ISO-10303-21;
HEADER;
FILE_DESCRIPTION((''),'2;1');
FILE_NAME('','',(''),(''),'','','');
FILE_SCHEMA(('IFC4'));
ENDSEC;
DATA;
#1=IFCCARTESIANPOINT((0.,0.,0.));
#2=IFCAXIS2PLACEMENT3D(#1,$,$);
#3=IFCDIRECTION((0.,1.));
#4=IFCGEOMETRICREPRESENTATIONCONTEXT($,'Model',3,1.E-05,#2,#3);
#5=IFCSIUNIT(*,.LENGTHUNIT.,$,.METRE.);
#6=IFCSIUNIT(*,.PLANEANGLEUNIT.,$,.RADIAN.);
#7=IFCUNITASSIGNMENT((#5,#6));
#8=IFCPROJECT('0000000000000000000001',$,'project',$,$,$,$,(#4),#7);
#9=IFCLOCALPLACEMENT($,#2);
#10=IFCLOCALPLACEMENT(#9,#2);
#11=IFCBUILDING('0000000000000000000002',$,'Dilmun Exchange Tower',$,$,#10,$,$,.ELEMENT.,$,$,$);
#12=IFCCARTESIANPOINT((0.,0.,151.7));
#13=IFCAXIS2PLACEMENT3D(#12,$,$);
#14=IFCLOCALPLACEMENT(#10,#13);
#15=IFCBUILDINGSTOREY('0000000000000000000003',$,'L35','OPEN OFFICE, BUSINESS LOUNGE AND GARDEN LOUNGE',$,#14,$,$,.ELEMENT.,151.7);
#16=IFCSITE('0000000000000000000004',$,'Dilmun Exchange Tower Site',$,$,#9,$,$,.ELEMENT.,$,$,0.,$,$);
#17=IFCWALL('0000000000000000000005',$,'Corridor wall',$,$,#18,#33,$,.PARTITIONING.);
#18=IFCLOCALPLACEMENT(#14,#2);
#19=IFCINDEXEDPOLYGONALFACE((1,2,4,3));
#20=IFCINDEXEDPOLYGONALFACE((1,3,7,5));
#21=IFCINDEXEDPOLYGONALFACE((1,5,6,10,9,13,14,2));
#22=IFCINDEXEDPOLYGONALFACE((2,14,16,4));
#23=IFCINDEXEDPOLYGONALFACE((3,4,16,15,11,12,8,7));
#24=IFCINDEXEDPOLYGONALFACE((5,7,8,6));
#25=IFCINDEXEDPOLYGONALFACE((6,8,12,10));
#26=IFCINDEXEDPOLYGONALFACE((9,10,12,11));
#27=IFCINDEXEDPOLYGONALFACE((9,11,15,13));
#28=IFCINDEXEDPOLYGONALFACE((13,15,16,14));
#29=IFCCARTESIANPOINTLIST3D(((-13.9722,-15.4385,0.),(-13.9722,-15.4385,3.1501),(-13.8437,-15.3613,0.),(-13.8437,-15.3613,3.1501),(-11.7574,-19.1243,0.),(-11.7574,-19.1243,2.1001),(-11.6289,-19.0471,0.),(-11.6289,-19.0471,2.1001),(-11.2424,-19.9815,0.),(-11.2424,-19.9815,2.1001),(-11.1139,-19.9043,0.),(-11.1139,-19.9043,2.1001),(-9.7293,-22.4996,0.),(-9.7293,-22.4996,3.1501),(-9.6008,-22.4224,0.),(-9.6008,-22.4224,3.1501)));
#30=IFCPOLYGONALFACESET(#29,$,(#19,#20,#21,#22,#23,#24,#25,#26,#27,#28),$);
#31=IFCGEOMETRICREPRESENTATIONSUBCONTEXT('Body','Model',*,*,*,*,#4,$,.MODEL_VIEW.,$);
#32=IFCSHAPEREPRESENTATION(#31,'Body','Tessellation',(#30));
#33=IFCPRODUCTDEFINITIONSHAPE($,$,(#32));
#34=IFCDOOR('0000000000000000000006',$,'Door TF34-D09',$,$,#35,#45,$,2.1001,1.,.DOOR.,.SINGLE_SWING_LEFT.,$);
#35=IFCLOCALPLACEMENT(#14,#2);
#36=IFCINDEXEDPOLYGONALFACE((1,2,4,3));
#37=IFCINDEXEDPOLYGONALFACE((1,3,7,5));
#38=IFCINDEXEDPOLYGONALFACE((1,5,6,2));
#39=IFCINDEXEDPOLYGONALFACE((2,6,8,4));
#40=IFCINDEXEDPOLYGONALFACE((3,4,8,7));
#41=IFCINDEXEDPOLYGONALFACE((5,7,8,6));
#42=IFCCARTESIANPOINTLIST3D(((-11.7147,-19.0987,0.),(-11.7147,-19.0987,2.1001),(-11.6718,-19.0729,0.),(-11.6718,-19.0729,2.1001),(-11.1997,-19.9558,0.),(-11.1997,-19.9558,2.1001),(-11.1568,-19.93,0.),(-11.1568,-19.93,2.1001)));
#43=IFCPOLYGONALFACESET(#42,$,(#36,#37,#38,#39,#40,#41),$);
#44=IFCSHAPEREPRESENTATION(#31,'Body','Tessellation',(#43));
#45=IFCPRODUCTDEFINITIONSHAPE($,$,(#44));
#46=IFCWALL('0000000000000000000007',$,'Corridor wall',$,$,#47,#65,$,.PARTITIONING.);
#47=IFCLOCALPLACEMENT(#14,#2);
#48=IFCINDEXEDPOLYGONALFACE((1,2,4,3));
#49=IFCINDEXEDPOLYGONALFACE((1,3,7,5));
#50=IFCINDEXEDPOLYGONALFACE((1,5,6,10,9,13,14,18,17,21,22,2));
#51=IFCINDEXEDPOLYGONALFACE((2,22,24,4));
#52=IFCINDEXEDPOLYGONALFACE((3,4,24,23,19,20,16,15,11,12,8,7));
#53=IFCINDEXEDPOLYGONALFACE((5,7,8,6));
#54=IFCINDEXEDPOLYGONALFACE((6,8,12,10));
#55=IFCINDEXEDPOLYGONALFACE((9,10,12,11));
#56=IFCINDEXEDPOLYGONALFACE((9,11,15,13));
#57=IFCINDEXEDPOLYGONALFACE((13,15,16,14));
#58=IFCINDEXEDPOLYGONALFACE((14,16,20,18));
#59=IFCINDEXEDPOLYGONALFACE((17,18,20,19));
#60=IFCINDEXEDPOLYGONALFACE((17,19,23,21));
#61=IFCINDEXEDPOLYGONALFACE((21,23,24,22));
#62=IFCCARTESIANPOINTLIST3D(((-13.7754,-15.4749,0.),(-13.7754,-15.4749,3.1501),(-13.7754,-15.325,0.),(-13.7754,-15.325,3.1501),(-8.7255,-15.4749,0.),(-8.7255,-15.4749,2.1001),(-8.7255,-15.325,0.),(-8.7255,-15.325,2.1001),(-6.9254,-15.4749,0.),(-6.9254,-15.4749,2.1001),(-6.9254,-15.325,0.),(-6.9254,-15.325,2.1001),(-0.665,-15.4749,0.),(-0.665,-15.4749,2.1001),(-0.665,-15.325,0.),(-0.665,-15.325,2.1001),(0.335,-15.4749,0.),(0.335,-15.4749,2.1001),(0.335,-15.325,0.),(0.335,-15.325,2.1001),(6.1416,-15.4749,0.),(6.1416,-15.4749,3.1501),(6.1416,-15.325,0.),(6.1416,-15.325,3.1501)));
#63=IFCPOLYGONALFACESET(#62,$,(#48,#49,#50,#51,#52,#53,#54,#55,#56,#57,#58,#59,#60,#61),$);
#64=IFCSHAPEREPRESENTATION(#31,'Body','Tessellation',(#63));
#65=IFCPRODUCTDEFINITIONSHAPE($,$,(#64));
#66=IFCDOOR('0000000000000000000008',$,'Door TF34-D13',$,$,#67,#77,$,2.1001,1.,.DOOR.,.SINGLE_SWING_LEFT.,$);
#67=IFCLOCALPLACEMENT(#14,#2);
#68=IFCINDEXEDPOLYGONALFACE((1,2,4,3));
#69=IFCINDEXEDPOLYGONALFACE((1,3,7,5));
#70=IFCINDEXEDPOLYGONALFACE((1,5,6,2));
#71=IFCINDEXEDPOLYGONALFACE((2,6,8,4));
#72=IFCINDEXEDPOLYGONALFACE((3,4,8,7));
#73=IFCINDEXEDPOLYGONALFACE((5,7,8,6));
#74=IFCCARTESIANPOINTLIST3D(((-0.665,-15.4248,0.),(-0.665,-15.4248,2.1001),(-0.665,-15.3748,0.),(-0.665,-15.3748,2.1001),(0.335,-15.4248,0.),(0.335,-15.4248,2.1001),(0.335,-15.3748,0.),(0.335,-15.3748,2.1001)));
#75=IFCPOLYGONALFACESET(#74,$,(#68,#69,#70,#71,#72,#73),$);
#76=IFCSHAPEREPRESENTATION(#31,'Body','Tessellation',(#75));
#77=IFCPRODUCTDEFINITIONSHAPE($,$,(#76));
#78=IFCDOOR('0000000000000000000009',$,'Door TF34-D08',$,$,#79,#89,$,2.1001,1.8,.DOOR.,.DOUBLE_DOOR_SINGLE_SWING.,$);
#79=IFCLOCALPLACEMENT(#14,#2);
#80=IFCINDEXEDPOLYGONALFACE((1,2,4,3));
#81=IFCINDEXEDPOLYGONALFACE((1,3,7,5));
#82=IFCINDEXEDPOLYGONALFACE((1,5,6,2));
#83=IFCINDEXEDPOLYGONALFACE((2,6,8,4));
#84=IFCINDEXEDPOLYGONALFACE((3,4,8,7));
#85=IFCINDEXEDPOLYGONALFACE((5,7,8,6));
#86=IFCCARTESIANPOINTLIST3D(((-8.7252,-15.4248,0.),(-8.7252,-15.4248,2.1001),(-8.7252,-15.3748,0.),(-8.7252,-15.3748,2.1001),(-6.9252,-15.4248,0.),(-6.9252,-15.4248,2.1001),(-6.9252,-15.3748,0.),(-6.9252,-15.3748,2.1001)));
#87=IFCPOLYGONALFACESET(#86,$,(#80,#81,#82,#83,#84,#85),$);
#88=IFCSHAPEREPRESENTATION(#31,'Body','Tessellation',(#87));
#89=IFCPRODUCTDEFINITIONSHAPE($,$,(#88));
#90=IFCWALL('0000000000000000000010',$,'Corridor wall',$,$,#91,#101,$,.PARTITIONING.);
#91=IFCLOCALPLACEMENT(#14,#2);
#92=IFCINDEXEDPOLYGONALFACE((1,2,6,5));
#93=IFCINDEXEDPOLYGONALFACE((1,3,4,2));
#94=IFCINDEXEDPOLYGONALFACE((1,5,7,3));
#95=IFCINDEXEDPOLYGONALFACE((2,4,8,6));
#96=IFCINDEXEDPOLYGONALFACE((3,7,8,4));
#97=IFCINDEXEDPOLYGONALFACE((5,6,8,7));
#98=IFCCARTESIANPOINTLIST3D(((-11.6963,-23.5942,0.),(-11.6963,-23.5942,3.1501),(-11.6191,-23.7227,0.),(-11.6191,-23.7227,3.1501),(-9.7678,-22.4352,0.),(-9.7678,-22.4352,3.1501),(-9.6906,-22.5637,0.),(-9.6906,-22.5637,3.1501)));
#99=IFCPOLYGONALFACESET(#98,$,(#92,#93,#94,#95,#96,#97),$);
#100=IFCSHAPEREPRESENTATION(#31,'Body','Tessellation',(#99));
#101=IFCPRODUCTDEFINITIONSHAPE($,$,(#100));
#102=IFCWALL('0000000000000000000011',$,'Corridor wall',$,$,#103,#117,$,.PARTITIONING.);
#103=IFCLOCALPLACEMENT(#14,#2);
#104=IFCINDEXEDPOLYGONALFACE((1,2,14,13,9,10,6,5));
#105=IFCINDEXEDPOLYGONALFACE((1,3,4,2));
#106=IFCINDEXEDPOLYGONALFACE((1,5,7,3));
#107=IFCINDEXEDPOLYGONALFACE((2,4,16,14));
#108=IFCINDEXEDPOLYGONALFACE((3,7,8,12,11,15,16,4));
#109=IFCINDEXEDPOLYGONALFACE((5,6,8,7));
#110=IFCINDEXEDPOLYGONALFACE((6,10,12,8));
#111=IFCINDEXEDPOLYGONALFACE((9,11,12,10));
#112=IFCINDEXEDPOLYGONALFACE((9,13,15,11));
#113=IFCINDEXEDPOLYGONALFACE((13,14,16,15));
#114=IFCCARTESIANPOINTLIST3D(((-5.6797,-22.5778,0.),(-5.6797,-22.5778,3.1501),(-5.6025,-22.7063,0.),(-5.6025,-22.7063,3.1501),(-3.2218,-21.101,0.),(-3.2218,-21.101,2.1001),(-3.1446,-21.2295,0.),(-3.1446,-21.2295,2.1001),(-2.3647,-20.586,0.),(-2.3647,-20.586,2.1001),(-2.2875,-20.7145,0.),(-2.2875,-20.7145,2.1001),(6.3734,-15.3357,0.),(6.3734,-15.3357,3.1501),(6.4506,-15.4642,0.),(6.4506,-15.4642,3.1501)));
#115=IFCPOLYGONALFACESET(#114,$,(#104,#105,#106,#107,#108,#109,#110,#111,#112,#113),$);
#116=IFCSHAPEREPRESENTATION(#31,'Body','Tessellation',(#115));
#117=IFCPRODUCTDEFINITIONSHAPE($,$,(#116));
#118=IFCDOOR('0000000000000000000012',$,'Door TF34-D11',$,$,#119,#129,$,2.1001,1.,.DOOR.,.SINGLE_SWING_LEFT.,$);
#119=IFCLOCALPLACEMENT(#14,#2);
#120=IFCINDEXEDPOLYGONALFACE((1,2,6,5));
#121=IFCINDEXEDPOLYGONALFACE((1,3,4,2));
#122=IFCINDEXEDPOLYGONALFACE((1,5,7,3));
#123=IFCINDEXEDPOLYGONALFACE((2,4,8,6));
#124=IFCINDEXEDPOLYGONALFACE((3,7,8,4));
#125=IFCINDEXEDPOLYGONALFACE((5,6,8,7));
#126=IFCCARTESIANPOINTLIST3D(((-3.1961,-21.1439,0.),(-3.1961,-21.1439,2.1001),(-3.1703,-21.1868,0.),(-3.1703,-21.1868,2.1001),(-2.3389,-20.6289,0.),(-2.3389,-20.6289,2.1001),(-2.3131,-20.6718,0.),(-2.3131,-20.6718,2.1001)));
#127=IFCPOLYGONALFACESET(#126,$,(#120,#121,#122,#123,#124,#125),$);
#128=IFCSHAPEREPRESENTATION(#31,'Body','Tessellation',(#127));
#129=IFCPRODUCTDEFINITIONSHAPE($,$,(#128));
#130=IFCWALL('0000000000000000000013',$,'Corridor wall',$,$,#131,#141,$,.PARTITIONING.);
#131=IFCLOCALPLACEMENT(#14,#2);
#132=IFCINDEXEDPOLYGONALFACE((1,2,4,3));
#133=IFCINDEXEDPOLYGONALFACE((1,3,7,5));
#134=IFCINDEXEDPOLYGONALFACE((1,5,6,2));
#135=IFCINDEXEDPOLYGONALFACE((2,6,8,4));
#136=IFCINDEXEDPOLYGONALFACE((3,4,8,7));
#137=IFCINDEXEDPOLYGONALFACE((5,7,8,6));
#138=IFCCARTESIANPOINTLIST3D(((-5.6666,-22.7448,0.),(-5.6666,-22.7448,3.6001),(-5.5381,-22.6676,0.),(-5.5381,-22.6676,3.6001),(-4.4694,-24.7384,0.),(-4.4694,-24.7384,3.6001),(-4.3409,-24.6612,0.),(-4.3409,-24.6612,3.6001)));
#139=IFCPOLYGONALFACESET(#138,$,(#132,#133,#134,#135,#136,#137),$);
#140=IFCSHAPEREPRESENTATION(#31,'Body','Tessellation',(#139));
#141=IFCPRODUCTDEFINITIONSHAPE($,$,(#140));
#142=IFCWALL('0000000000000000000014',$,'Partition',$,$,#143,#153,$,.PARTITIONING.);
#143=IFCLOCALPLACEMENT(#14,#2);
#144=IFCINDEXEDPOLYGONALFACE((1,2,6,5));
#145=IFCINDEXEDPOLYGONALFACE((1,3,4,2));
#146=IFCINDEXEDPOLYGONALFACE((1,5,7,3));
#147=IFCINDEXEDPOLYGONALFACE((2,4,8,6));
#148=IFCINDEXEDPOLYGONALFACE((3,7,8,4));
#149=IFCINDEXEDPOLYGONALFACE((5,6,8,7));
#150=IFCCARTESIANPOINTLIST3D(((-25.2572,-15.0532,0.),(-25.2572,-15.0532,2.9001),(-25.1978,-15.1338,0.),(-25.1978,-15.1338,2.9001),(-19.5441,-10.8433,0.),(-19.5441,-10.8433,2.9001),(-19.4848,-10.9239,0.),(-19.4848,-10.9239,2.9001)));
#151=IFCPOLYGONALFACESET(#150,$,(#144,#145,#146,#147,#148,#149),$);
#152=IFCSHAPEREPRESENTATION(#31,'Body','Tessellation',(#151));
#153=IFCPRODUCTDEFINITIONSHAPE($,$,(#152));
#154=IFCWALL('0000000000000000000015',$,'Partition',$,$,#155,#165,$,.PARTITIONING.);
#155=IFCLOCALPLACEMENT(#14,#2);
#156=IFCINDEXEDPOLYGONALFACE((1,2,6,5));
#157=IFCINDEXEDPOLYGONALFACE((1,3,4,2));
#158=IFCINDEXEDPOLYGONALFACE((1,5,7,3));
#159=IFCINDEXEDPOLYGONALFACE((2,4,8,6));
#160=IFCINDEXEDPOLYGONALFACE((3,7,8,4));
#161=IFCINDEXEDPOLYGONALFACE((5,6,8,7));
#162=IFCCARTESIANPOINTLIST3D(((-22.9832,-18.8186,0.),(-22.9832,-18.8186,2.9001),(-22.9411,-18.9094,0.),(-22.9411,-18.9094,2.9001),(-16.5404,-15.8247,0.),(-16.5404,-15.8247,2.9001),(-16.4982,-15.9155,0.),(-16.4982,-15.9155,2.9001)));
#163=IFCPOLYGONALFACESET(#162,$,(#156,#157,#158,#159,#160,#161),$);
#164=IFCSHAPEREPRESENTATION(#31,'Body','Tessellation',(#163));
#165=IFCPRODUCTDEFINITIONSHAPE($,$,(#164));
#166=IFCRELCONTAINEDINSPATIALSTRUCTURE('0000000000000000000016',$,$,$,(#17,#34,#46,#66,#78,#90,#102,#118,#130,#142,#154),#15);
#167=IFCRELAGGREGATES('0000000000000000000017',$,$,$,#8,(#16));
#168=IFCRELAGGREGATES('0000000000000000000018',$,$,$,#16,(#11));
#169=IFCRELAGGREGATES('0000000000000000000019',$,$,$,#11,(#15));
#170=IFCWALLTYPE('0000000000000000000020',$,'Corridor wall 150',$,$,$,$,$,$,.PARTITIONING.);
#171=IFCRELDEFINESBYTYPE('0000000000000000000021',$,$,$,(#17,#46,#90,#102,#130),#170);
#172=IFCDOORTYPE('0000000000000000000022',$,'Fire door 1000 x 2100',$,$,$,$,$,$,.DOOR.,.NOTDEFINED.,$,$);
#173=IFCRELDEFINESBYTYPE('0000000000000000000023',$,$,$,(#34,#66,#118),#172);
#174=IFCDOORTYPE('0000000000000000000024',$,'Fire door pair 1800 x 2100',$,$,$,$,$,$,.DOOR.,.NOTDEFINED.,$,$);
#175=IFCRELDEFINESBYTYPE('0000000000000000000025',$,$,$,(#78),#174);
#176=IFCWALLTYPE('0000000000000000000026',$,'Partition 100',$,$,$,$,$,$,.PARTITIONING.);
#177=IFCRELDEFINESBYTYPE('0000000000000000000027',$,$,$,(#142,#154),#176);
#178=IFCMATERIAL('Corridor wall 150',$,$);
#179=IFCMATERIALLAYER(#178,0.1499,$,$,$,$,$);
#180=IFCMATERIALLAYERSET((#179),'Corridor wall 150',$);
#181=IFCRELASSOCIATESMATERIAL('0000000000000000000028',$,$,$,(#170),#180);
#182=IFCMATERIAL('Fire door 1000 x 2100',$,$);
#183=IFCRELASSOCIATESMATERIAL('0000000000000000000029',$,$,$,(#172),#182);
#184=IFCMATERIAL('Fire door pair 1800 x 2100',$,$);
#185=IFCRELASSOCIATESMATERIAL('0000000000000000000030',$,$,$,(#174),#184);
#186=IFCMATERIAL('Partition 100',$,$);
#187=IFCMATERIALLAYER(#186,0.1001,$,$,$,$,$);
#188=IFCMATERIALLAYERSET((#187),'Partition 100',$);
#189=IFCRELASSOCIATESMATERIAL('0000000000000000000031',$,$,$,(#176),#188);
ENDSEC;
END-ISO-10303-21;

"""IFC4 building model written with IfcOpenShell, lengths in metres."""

from ifc_helpers import new_model, si_unit, direction, frame, frame_2d, origin, place, context, subcontext, project, spatial, rectangle, extrude, material, layer, layer_set, type_object, element, fill, save


model = new_model("IFC4")

# Units and contexts
model_context = context("Model", 3, precision=1e-05, world=origin(), true_north=direction((0.0, 1.0)))
body_context = subcontext(model_context, "Body", "Model", "MODEL_VIEW")
ifc_project = project(units=[si_unit("LENGTHUNIT", "METRE"), si_unit("PLANEANGLEUNIT", "RADIAN")], contexts=[model_context])

# Site, building, storey
site_placement = place(None, origin())
site = spatial("IfcSite", under=ifc_project, at=site_placement, Name="Dilmun Exchange Tower Site", CompositionType="ELEMENT", RefElevation=0.0)
building_placement = place(site_placement, origin())
building = spatial("IfcBuilding", under=site, at=building_placement, Name="Dilmun Exchange Tower", CompositionType="ELEMENT")
storey_placement = place(building_placement, frame((0.0, 0.0, 151.7)))
storey = spatial("IfcBuildingStorey", under=building, at=storey_placement, Name="L35", Description="OPEN OFFICE, BUSINESS LOUNGE AND GARDEN LOUNGE", CompositionType="ELEMENT", Elevation=151.7)

# Shared definitions
ifc_material_1 = material(Name="Corridor wall 150")
ifc_layer_1 = layer(ifc_material_1, 0.1499)
ifc_layer_set_1 = layer_set([ifc_layer_1], Name="Corridor wall 150")
wall_type_1 = type_object("IfcWallType", Name="Corridor wall 150", PredefinedType="PARTITIONING", material=ifc_layer_set_1)

# Wall, opening, door
wall_1_placement = place(storey_placement, frame((-13.908, -15.3999, 0.0), z_axis=(0.0, 0.0, 1.0), x_axis=(0.515058, -0.857155, 0.0)))
wall_1 = element("IfcWall", 1, at=wall_1_placement, inside=storey, type_object=wall_type_1, Name="Corridor wall", PredefinedType="PARTITIONING", context=body_context, shape_type="SweptSolid", body=[
    extrude(rectangle(XDim=8.2378, YDim=0.1499, at=frame_2d((4.1189, 0.0))), origin(), (0.0, 0.0, 1.0), 3.1501),
])
opening_1_placement = place(wall_1_placement, frame((4.3, 0.0, 0.0)))
opening_1 = element("IfcOpeningElement", 2, at=opening_1_placement, cuts=wall_1, PredefinedType="OPENING", context=body_context, shape_type="SweptSolid", body=[
    extrude(rectangle(XDim=1.0, YDim=2.1001, at=frame_2d((0.5, 1.05))), frame((0.0, 0.085, 0.0), z_axis=(0.0, -1.0, 0.0), x_axis=(1.0, 0.0, 0.0)), (0.0, 0.0, 1.0), 0.1699),
])
ifc_material_2 = material(Name="Fire door 1000 x 2100")
door_type_1 = type_object("IfcDoorType", Name="Fire door 1000 x 2100", OperationType="NOTDEFINED", PredefinedType="DOOR", material=ifc_material_2)
door_1_placement = place(opening_1_placement, origin())
door_1 = element("IfcDoor", 3, at=door_1_placement, inside=storey, type_object=door_type_1, Name="Door TF34-D09", OperationType="SINGLE_SWING_LEFT", OverallHeight=2.1001, OverallWidth=1.0, PredefinedType="DOOR", context=body_context, shape_type="SweptSolid", body=[
    extrude(rectangle(XDim=1.0, YDim=2.1001, at=frame_2d((0.5, 1.05))), frame((0.0, 0.0249, 0.0), z_axis=(0.0, -1.0, 0.0), x_axis=(1.0, 0.0, 0.0)), (0.0, 0.0, 1.0), 0.05),
])
fill(opening_1, door_1)

# Wall, openings, doors
wall_2_placement = place(storey_placement, frame((-13.7754, -15.3999, 0.0), z_axis=(0.0, 0.0, 1.0), x_axis=(1.0, 0.0, 0.0)))
wall_2 = element("IfcWall", 4, at=wall_2_placement, inside=storey, type_object=wall_type_1, Name="Corridor wall", PredefinedType="PARTITIONING", context=body_context, shape_type="SweptSolid", body=[
    extrude(rectangle(XDim=19.917, YDim=0.1499, at=frame_2d((9.9585, 0.0))), origin(), (0.0, 0.0, 1.0), 3.1501),
])
opening_2_placement = place(wall_2_placement, frame((5.05, 0.0, 0.0)))
opening_2 = element("IfcOpeningElement", 5, at=opening_2_placement, cuts=wall_2, PredefinedType="OPENING", context=body_context, shape_type="SweptSolid", body=[
    extrude(rectangle(XDim=1.8, YDim=2.1001, at=frame_2d((0.8999, 1.05))), frame((0.0, 0.085, 0.0), z_axis=(0.0, -1.0, 0.0), x_axis=(1.0, 0.0, 0.0)), (0.0, 0.0, 1.0), 0.1699),
])
opening_3_placement = place(wall_2_placement, frame((13.1104, 0.0, 0.0)))
opening_3 = element("IfcOpeningElement", 6, at=opening_3_placement, cuts=wall_2, PredefinedType="OPENING", context=body_context, shape_type="SweptSolid", body=[
    extrude(rectangle(XDim=1.0, YDim=2.1001, at=frame_2d((0.5, 1.05))), frame((0.0, 0.085, 0.0), z_axis=(0.0, -1.0, 0.0), x_axis=(1.0, 0.0, 0.0)), (0.0, 0.0, 1.0), 0.1699),
])
door_2_placement = place(opening_3_placement, frame((1.0, 0.0, 0.0), z_axis=(0.0, 0.0, 1.0), x_axis=(-1.0, 0.0, 0.0)))
door_2 = element("IfcDoor", 7, at=door_2_placement, inside=storey, type_object=door_type_1, Name="Door TF34-D13", OperationType="SINGLE_SWING_LEFT", OverallHeight=2.1001, OverallWidth=1.0, PredefinedType="DOOR", context=body_context, shape_type="SweptSolid", body=[
    extrude(rectangle(XDim=1.0, YDim=2.1001, at=frame_2d((0.5, 1.05))), frame((0.0, 0.0249, 0.0), z_axis=(0.0, -1.0, 0.0), x_axis=(1.0, 0.0, 0.0)), (0.0, 0.0, 1.0), 0.05),
])
fill(opening_3, door_2)
ifc_material_3 = material(Name="Fire door pair 1800 x 2100")
door_type_2 = type_object("IfcDoorType", Name="Fire door pair 1800 x 2100", OperationType="NOTDEFINED", PredefinedType="DOOR", material=ifc_material_3)
door_3_placement = place(opening_2_placement, frame((1.8, 0.0, 0.0), z_axis=(0.0, 0.0, 1.0), x_axis=(-1.0, 0.0, 0.0)))
door_3 = element("IfcDoor", 8, at=door_3_placement, inside=storey, type_object=door_type_2, Name="Door TF34-D08", OperationType="DOUBLE_DOOR_SINGLE_SWING", OverallHeight=2.1001, OverallWidth=1.8, PredefinedType="DOOR", context=body_context, shape_type="SweptSolid", body=[
    extrude(rectangle(XDim=1.8, YDim=2.1001, at=frame_2d((0.8999, 1.05))), frame((0.0, 0.0249, 0.0), z_axis=(0.0, -1.0, 0.0), x_axis=(1.0, 0.0, 0.0)), (0.0, 0.0, 1.0), 0.05),
])
fill(opening_2, door_3)

# Wall
wall_3_placement = place(storey_placement, frame((-11.6577, -23.6584, 0.0), z_axis=(0.0, 0.0, 1.0), x_axis=(0.857129, 0.515102, 0.0)))
element("IfcWall", 9, at=wall_3_placement, inside=storey, type_object=wall_type_1, Name="Corridor wall", PredefinedType="PARTITIONING", context=body_context, shape_type="SweptSolid", body=[
    extrude(rectangle(XDim=2.25, YDim=0.1499, at=frame_2d((1.125, 0.0))), origin(), (0.0, 0.0, 1.0), 3.1501),
])

# Wall, opening, door
wall_4_placement = place(storey_placement, frame((-5.6411, -22.6421, 0.0), z_axis=(0.0, 0.0, 1.0), x_axis=(0.857171, 0.515032, 0.0)))
wall_4 = element("IfcWall", 10, at=wall_4_placement, inside=storey, type_object=wall_type_1, Name="Corridor wall", PredefinedType="PARTITIONING", context=body_context, shape_type="SweptSolid", body=[
    extrude(rectangle(XDim=14.0615, YDim=0.1499, at=frame_2d((7.0308, 0.0))), origin(), (0.0, 0.0, 1.0), 3.1501),
])
opening_4_placement = place(wall_4_placement, frame((2.8674, 0.0, 0.0)))
opening_4 = element("IfcOpeningElement", 11, at=opening_4_placement, cuts=wall_4, PredefinedType="OPENING", context=body_context, shape_type="SweptSolid", body=[
    extrude(rectangle(XDim=1.0, YDim=2.1001, at=frame_2d((0.5, 1.05))), frame((0.0, 0.085, 0.0), z_axis=(0.0, -1.0, 0.0), x_axis=(1.0, 0.0, 0.0)), (0.0, 0.0, 1.0), 0.1699),
])
door_4_placement = place(opening_4_placement, origin())
door_4 = element("IfcDoor", 12, at=door_4_placement, inside=storey, type_object=door_type_1, Name="Door TF34-D11", OperationType="SINGLE_SWING_LEFT", OverallHeight=2.1001, OverallWidth=1.0, PredefinedType="DOOR", context=body_context, shape_type="SweptSolid", body=[
    extrude(rectangle(XDim=1.0, YDim=2.1001, at=frame_2d((0.5, 1.05))), frame((0.0, 0.0249, 0.0), z_axis=(0.0, -1.0, 0.0), x_axis=(1.0, 0.0, 0.0)), (0.0, 0.0, 1.0), 0.05),
])
fill(opening_4, door_4)

# Walls
wall_5_placement = place(storey_placement, frame((-5.6023, -22.7063, 0.0), z_axis=(0.0, 0.0, 1.0), x_axis=(0.514835, -0.857289, 0.0)))
element("IfcWall", 13, at=wall_5_placement, inside=storey, type_object=wall_type_1, Name="Corridor wall", PredefinedType="PARTITIONING", context=body_context, shape_type="SweptSolid", body=[
    extrude(rectangle(XDim=2.3254, YDim=0.1499, at=frame_2d((1.1626, 0.0))), origin(), (0.0, 0.0, 1.0), 3.6001),
])
ifc_material_4 = material(Name="Partition 100")
ifc_layer_2 = layer(ifc_material_4, 0.1001)
ifc_layer_set_2 = layer_set([ifc_layer_2], Name="Partition 100")
wall_type_2 = type_object("IfcWallType", Name="Partition 100", PredefinedType="PARTITIONING", material=ifc_layer_set_2)
wall_6_placement = place(storey_placement, frame((-25.2275, -15.0935, 0.0), z_axis=(0.0, 0.0, 1.0), x_axis=(0.805037, 0.593225, 0.0)))
element("IfcWall", 14, at=wall_6_placement, inside=storey, type_object=wall_type_2, Name="Partition", PredefinedType="PARTITIONING", context=body_context, shape_type="SweptSolid", body=[
    extrude(rectangle(XDim=7.0967, YDim=0.1001, at=frame_2d((3.5483, 0.0))), origin(), (0.0, 0.0, 1.0), 2.9001),
])
wall_7_placement = place(storey_placement, frame((-22.9622, -18.864, 0.0), z_axis=(0.0, 0.0, 1.0), x_axis=(0.906871, 0.421408, 0.0)))
element("IfcWall", 15, at=wall_7_placement, inside=storey, type_object=wall_type_2, Name="Partition", PredefinedType="PARTITIONING", context=body_context, shape_type="SweptSolid", body=[
    extrude(rectangle(XDim=7.1045, YDim=0.1001, at=frame_2d((3.5522, 0.0))), origin(), (0.0, 0.0, 1.0), 2.9001),
])

save(model, "model.ifc")
